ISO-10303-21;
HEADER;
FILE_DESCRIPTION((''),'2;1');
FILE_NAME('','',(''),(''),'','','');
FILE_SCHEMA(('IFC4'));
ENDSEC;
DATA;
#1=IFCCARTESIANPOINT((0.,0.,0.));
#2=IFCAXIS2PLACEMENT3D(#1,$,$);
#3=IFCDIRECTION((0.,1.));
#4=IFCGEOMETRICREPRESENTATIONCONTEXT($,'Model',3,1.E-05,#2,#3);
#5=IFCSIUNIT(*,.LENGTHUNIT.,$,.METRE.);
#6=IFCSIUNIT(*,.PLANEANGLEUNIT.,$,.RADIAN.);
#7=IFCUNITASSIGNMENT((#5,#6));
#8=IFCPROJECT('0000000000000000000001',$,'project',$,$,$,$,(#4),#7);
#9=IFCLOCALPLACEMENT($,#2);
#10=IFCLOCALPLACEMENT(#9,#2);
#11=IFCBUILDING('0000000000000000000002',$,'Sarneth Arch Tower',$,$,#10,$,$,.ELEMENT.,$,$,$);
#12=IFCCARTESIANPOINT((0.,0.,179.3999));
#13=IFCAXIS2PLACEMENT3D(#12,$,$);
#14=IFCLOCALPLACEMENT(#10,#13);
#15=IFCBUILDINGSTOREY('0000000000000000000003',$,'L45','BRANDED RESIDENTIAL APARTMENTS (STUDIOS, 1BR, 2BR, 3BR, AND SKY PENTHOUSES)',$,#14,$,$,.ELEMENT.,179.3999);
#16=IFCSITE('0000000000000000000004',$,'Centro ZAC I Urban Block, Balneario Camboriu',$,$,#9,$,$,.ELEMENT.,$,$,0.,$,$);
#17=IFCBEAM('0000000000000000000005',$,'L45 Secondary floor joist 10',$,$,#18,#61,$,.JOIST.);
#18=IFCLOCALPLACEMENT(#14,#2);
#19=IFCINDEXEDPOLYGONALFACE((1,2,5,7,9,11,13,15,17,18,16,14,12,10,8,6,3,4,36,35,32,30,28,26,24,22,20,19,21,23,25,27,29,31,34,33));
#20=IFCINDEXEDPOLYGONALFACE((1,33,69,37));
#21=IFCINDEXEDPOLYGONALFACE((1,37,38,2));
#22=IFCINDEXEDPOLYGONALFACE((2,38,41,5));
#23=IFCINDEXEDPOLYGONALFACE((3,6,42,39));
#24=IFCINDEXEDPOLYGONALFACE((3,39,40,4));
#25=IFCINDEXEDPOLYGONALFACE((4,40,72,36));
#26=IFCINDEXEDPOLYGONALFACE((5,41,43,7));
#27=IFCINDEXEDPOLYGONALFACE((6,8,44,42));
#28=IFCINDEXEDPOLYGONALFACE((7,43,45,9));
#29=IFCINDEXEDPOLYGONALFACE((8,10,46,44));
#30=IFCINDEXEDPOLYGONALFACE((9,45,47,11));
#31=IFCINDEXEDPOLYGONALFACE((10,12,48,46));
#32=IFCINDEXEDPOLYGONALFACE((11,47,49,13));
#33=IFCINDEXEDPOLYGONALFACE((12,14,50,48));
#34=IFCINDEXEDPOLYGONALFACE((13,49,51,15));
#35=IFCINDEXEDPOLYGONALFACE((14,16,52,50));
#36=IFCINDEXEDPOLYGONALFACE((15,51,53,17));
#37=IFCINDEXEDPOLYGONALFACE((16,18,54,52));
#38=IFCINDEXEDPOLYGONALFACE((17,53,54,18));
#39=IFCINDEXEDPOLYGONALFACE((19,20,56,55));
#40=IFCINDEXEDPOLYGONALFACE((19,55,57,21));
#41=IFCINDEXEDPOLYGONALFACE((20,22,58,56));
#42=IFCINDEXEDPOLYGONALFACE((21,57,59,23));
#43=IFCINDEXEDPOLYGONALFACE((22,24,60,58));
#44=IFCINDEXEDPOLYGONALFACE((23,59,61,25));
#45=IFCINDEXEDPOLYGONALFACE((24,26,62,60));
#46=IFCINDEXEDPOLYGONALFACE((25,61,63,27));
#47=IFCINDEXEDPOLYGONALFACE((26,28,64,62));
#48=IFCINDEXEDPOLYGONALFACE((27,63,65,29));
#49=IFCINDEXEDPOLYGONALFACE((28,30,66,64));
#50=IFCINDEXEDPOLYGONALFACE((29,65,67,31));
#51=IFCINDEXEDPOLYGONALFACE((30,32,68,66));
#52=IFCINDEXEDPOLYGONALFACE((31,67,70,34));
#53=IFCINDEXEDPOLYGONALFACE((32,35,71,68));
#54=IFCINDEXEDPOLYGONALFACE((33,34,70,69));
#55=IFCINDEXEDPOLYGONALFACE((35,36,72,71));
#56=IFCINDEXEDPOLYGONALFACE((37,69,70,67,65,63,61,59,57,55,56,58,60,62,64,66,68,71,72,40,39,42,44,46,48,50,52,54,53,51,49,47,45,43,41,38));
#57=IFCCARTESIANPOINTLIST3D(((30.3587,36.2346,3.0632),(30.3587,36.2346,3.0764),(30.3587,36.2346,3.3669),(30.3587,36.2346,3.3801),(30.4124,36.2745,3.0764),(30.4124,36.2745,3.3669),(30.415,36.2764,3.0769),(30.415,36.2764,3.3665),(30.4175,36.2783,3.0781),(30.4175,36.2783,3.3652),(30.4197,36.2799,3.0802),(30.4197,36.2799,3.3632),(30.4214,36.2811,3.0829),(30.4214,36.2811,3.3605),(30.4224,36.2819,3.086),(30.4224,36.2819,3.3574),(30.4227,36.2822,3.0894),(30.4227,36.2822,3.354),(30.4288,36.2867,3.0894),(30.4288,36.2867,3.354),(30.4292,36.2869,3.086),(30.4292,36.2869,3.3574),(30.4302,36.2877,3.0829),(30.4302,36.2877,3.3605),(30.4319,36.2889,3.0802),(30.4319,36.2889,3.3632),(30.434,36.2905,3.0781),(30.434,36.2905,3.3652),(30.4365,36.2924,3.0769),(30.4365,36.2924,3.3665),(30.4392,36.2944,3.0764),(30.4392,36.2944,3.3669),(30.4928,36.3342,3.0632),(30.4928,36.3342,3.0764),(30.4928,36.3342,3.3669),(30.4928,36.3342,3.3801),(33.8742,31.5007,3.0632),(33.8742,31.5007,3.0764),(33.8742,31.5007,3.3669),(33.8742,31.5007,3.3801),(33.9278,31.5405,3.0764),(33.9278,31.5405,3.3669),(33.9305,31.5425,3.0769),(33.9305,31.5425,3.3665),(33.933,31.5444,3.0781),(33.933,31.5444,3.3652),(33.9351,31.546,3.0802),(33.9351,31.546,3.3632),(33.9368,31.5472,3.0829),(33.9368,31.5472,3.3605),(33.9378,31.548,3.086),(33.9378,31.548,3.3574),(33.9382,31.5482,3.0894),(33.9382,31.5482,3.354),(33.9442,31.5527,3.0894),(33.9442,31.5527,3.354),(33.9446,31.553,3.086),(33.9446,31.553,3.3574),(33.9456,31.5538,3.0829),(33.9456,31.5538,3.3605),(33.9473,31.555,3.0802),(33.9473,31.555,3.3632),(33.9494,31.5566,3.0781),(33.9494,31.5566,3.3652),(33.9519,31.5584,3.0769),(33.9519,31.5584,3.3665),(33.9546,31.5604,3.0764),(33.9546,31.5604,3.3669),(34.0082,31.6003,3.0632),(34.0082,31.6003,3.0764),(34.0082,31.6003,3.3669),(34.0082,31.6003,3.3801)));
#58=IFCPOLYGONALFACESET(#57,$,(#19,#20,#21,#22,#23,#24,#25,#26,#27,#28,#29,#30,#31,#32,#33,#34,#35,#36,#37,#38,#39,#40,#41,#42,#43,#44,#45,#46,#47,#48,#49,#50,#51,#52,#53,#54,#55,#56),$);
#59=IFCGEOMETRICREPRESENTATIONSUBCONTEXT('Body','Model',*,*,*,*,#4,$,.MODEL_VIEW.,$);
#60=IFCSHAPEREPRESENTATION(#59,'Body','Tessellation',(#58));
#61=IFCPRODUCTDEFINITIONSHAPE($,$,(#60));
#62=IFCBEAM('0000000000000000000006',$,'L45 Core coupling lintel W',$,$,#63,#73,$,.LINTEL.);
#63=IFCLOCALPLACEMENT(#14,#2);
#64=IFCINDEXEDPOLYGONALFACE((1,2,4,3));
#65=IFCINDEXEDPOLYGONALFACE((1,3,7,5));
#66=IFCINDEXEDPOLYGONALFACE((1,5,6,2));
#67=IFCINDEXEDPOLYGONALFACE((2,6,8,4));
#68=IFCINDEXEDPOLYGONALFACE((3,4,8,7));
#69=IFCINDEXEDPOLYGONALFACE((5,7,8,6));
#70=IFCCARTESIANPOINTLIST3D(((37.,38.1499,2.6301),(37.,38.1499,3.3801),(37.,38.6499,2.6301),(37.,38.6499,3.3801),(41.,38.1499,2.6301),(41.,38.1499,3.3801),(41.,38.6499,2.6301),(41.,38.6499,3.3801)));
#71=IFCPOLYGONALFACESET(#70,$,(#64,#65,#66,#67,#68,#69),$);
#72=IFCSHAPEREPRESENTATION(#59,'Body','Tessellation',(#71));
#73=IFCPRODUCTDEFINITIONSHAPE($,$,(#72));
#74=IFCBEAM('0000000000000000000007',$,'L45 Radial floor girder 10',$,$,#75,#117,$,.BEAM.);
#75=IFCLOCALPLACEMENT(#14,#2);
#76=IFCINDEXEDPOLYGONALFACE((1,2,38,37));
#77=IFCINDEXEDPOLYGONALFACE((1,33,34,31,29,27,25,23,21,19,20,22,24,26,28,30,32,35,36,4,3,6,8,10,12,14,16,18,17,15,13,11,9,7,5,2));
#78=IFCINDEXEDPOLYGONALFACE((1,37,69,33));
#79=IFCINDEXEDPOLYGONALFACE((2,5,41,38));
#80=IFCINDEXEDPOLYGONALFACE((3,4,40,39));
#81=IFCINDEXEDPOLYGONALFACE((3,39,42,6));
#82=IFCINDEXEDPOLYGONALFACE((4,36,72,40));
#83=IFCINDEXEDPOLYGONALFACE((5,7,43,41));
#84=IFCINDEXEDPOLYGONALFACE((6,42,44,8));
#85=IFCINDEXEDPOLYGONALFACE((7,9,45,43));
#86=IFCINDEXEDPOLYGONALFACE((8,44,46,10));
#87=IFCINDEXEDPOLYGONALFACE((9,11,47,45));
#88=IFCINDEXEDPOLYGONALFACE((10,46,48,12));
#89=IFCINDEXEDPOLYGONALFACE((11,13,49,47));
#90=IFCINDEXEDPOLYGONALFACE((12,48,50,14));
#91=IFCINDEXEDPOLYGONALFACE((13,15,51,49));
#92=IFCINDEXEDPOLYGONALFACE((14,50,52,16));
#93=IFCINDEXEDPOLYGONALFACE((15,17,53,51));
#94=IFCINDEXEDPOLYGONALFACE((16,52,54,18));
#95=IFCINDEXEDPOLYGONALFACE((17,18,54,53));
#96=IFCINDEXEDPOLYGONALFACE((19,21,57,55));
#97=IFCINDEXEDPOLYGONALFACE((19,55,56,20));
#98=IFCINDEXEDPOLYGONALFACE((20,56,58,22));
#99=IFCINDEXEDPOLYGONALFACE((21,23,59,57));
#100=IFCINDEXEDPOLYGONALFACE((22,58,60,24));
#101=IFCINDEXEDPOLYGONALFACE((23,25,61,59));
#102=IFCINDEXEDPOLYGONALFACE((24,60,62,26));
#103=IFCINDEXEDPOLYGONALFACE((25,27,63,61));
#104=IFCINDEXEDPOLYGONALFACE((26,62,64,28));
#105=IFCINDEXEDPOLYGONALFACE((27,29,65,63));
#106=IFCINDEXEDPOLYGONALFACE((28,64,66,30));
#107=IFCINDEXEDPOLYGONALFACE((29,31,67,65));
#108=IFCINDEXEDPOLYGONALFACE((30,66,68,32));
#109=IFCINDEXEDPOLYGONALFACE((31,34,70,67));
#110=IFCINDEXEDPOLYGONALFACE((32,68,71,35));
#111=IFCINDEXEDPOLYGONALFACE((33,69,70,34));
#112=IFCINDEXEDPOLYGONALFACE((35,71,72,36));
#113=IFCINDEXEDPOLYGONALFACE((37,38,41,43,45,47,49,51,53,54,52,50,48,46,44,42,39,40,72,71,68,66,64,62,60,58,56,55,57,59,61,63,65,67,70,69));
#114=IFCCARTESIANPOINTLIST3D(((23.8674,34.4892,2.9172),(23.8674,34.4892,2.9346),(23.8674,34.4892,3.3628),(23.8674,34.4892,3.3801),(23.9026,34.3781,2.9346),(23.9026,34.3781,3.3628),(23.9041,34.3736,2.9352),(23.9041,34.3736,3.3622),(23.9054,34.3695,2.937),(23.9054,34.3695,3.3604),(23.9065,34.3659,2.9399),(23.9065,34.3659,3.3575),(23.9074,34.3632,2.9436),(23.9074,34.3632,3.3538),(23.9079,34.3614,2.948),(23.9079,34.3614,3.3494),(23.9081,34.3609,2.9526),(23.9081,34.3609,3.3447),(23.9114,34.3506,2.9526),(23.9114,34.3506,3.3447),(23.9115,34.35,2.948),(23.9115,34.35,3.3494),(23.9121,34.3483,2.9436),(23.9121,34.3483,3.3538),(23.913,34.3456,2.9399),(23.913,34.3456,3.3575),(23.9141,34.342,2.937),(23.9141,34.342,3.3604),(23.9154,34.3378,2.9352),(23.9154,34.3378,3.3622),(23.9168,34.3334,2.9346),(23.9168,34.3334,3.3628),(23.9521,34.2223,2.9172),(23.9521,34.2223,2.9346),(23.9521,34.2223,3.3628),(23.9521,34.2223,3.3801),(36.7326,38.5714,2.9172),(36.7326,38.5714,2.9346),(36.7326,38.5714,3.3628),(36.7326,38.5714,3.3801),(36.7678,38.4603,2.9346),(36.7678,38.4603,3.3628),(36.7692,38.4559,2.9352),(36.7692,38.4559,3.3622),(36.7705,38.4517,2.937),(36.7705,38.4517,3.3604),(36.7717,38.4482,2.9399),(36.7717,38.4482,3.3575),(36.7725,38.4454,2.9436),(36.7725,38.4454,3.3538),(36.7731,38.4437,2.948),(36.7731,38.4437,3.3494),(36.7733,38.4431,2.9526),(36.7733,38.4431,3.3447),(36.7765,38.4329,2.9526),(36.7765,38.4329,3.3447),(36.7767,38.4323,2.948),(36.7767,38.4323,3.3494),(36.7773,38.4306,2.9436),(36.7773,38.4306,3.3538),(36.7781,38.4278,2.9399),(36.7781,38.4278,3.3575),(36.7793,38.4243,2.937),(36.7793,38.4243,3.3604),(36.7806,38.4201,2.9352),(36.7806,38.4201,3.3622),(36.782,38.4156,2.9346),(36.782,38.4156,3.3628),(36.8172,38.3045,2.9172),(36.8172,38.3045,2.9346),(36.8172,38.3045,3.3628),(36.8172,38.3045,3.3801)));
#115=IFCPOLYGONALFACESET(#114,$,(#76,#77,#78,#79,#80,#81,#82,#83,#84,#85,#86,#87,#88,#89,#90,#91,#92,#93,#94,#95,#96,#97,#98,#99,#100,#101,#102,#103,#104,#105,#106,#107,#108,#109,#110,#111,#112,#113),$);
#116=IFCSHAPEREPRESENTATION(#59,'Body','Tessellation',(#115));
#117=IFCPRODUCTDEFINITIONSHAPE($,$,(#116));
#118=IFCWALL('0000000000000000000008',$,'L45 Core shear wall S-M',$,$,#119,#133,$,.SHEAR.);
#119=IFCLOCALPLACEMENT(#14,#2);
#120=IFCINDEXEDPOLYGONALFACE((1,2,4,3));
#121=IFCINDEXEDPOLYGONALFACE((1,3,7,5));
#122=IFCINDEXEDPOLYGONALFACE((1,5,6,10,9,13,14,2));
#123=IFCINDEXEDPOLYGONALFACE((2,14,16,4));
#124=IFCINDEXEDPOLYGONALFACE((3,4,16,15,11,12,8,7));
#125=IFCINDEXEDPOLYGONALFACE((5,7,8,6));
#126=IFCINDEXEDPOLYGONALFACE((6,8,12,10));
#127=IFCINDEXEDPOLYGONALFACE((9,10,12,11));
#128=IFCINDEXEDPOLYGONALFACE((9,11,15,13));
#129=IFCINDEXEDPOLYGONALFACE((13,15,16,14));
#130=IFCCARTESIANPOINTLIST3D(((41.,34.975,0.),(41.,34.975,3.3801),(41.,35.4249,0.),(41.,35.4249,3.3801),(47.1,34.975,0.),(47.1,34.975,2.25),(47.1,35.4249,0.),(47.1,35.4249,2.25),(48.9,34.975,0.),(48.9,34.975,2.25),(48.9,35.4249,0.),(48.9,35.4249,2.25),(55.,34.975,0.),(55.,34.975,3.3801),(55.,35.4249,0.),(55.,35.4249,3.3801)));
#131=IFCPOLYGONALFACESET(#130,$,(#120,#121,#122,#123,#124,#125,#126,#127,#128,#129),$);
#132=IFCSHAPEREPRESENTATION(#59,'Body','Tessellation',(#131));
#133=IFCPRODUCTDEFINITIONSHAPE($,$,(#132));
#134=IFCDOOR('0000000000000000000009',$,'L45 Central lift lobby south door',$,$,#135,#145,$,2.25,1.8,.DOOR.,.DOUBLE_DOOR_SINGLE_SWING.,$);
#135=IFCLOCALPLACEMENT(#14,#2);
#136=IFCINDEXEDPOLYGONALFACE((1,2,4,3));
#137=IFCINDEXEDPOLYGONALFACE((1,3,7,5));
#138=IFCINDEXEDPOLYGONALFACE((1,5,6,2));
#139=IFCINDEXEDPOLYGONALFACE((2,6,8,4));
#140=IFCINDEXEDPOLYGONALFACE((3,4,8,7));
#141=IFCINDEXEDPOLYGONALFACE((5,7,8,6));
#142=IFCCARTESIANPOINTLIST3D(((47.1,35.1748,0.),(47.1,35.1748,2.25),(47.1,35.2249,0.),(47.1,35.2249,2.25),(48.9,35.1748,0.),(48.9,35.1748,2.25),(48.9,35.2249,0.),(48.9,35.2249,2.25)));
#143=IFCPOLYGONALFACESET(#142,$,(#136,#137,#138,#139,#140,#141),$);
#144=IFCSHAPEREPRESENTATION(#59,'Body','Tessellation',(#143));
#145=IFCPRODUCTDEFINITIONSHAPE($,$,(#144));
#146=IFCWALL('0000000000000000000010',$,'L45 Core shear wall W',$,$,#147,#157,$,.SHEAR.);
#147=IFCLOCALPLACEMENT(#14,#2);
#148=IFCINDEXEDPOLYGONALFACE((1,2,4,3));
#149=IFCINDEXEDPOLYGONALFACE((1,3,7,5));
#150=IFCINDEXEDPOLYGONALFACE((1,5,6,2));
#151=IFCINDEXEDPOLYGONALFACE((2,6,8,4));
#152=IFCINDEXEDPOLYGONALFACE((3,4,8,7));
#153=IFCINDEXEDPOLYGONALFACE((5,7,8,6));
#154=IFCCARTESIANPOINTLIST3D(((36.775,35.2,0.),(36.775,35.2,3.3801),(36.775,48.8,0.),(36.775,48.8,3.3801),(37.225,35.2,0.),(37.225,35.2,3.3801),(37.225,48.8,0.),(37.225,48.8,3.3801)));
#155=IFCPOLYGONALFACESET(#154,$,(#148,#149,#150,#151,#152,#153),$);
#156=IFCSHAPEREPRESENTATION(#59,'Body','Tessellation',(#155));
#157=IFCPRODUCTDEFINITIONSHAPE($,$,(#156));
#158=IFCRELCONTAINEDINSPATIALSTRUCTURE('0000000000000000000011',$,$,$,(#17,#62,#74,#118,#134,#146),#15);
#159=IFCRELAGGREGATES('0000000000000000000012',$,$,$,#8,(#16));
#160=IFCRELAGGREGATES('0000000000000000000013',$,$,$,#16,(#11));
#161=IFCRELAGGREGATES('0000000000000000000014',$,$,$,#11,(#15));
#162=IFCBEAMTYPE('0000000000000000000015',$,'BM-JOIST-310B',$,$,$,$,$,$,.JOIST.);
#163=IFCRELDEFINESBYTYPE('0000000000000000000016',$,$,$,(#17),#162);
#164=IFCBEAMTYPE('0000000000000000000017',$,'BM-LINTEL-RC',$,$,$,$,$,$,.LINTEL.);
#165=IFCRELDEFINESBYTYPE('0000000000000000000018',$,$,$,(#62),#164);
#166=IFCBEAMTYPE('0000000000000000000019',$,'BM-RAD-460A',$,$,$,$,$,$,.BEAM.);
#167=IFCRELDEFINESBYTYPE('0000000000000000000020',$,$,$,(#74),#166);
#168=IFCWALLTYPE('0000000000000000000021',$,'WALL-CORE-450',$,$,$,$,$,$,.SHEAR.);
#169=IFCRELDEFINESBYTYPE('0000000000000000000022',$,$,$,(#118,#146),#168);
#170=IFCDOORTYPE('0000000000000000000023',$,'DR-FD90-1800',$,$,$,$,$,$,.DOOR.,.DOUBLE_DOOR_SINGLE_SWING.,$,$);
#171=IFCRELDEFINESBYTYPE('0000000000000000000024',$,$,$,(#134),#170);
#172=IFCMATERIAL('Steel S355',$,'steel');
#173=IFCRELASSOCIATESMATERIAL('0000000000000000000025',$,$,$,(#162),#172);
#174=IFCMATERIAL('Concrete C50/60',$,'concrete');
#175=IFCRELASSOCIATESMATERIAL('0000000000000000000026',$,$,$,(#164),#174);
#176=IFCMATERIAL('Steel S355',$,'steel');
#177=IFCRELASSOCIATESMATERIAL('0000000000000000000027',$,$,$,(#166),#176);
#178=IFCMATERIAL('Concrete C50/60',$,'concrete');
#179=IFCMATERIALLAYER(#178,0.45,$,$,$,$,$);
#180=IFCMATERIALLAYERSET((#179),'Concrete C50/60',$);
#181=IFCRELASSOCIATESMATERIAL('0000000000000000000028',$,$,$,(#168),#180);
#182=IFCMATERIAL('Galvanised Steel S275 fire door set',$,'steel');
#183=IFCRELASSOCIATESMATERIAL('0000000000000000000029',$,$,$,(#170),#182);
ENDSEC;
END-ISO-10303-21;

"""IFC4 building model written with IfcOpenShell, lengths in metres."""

from ifc_helpers import new_model, si_unit, direction, frame, frame_2d, origin, origin_2d, place, context, subcontext, project, spatial, rectangle, i_section, extrude, material, layer, layer_set, material_profile, profile_set, type_object, element, fill, save


model = new_model("IFC4")

# Units and contexts
model_context = context("Model", 3, precision=1e-05, world=origin(), true_north=direction((0.0, 1.0)))
body_context = subcontext(model_context, "Body", "Model", "MODEL_VIEW")
ifc_project = project(units=[si_unit("LENGTHUNIT", "METRE"), si_unit("PLANEANGLEUNIT", "RADIAN")], contexts=[model_context])

# Site, building, storey
site_placement = place(None, origin())
site = spatial("IfcSite", under=ifc_project, at=site_placement, Name="Centro ZAC I Urban Block, Balneario Camboriu", CompositionType="ELEMENT", RefElevation=0.0)
building_placement = place(site_placement, origin())
building = spatial("IfcBuilding", under=site, at=building_placement, Name="Sarneth Arch Tower", CompositionType="ELEMENT")
storey_placement = place(building_placement, frame((0.0, 0.0, 179.3999)))
storey = spatial("IfcBuildingStorey", under=building, at=storey_placement, Name="L45", Description="BRANDED RESIDENTIAL APARTMENTS (STUDIOS, 1BR, 2BR, 3BR, AND SKY PENTHOUSES)", CompositionType="ELEMENT", Elevation=179.3999)

# Beams
ifc_material_1 = material(Name="Steel S355", Category="steel")
ifc_material_profile_1 = material_profile(ifc_material_1, i_section(OverallWidth=0.167, OverallDepth=0.3169, WebThickness=0.0076, FlangeThickness=0.0132, FilletRadius=0.0129, at=origin_2d()), Name="W310x52")
ifc_profile_set_1 = profile_set([ifc_material_profile_1], Name="Steel S355")
beam_type_1 = type_object("IfcBeamType", Name="BM-JOIST-310B", PredefinedType="JOIST", material=ifc_profile_set_1)
beam_1_placement = place(storey_placement, frame((30.4258, 36.2844, 3.2217), z_axis=(0.596191, -0.802843, 0.0), x_axis=(0.802843, 0.596191, 0.0)))
element("IfcBeam", 1, at=beam_1_placement, inside=storey, type_object=beam_type_1, Name="L45 Secondary floor joist 10", PredefinedType="JOIST", context=body_context, shape_type="SweptSolid", body=[
    extrude(i_section(OverallWidth=0.167, OverallDepth=0.3169, WebThickness=0.0076, FlangeThickness=0.0132, FilletRadius=0.0129, at=origin_2d()), origin(), (0.0, 0.0, 1.0), 5.8965),
])
ifc_material_2 = material(Name="Concrete C50/60", Category="concrete")
ifc_material_profile_2 = material_profile(ifc_material_2, rectangle(XDim=0.5, YDim=0.75, at=origin_2d()), Name="RC-500x750")
ifc_profile_set_2 = profile_set([ifc_material_profile_2], Name="Concrete C50/60")
beam_type_2 = type_object("IfcBeamType", Name="BM-LINTEL-RC", PredefinedType="LINTEL", material=ifc_profile_set_2)
beam_2_placement = place(storey_placement, frame((37.0, 38.3999, 3.0051), z_axis=(1.0, 0.0, 0.0), x_axis=(0.0, 1.0, 0.0)))
element("IfcBeam", 2, at=beam_2_placement, inside=storey, type_object=beam_type_2, Name="L45 Core coupling lintel W", PredefinedType="LINTEL", context=body_context, shape_type="SweptSolid", body=[
    extrude(rectangle(XDim=0.5, YDim=0.75, at=origin_2d()), origin(), (0.0, 0.0, 1.0), 4.0),
])
ifc_material_3 = material(Name="Steel S355", Category="steel")
ifc_material_profile_3 = material_profile(ifc_material_3, i_section(OverallWidth=0.28, OverallDepth=0.4629, WebThickness=0.0107, FlangeThickness=0.0173, FilletRadius=0.0181, at=origin_2d()), Name="W460x113")
ifc_profile_set_3 = profile_set([ifc_material_profile_3], Name="Steel S355")
beam_type_3 = type_object("IfcBeamType", Name="BM-RAD-460A", PredefinedType="BEAM", material=ifc_profile_set_3)
beam_3_placement = place(storey_placement, frame((36.7749, 38.438, 3.1487), z_axis=(-0.953165, -0.302449, 0.0), x_axis=(0.302449, -0.953165, 0.0)))
element("IfcBeam", 3, at=beam_3_placement, inside=storey, type_object=beam_type_3, Name="L45 Radial floor girder 10", PredefinedType="BEAM", context=body_context, shape_type="SweptSolid", body=[
    extrude(i_section(OverallWidth=0.28, OverallDepth=0.4629, WebThickness=0.0107, FlangeThickness=0.0173, FilletRadius=0.0181, at=origin_2d()), origin(), (0.0, 0.0, 1.0), 13.4973),
])

# Wall, opening, door
ifc_material_4 = material(Name="Concrete C50/60", Category="concrete")
ifc_layer_1 = layer(ifc_material_4, 0.45)
ifc_layer_set_1 = layer_set([ifc_layer_1], Name="Concrete C50/60")
wall_type_1 = type_object("IfcWallType", Name="WALL-CORE-450", PredefinedType="SHEAR", material=ifc_layer_set_1)
wall_1_placement = place(storey_placement, frame((41.0, 35.2, 0.0), z_axis=(0.0, 0.0, 1.0), x_axis=(1.0, 0.0, 0.0)))
wall_1 = element("IfcWall", 4, at=wall_1_placement, inside=storey, type_object=wall_type_1, Name="L45 Core shear wall S-M", PredefinedType="SHEAR", context=body_context, shape_type="SweptSolid", body=[
    extrude(rectangle(XDim=14.0, YDim=0.45, at=frame_2d((7.0, 0.0))), origin(), (0.0, 0.0, 1.0), 3.3801),
])
opening_1_placement = place(wall_1_placement, frame((6.1001, 0.0, 0.0)))
opening_1 = element("IfcOpeningElement", 5, at=opening_1_placement, cuts=wall_1, PredefinedType="OPENING", context=body_context, shape_type="SweptSolid", body=[
    extrude(rectangle(XDim=1.8, YDim=2.25, at=frame_2d((0.8999, 1.125))), frame((0.0, 0.2349, 0.0), z_axis=(0.0, -1.0, 0.0), x_axis=(1.0, 0.0, 0.0)), (0.0, 0.0, 1.0), 0.47),
])
ifc_material_5 = material(Name="Galvanised Steel S275 fire door set", Category="steel")
door_type_1 = type_object("IfcDoorType", Name="DR-FD90-1800", OperationType="DOUBLE_DOOR_SINGLE_SWING", PredefinedType="DOOR", material=ifc_material_5)
door_1_placement = place(opening_1_placement, origin())
door_1 = element("IfcDoor", 6, at=door_1_placement, inside=storey, type_object=door_type_1, Name="L45 Central lift lobby south door", OperationType="DOUBLE_DOOR_SINGLE_SWING", OverallHeight=2.25, OverallWidth=1.8, PredefinedType="DOOR", context=body_context, shape_type="SweptSolid", body=[
    extrude(rectangle(XDim=1.8, YDim=2.25, at=frame_2d((0.8999, 1.125))), frame((0.0, 0.0249, 0.0), z_axis=(0.0, -1.0, 0.0), x_axis=(1.0, 0.0, 0.0)), (0.0, 0.0, 1.0), 0.05),
])
fill(opening_1, door_1)

# Wall
wall_2_placement = place(storey_placement, frame((37.0, 35.2, 0.0), z_axis=(0.0, 0.0, 1.0), x_axis=(0.0, 1.0, 0.0)))
element("IfcWall", 7, at=wall_2_placement, inside=storey, type_object=wall_type_1, Name="L45 Core shear wall W", PredefinedType="SHEAR", context=body_context, shape_type="SweptSolid", body=[
    extrude(rectangle(XDim=13.6001, YDim=0.45, at=frame_2d((6.8, 0.0))), origin(), (0.0, 0.0, 1.0), 3.3801),
])

save(model, "model.ifc")
